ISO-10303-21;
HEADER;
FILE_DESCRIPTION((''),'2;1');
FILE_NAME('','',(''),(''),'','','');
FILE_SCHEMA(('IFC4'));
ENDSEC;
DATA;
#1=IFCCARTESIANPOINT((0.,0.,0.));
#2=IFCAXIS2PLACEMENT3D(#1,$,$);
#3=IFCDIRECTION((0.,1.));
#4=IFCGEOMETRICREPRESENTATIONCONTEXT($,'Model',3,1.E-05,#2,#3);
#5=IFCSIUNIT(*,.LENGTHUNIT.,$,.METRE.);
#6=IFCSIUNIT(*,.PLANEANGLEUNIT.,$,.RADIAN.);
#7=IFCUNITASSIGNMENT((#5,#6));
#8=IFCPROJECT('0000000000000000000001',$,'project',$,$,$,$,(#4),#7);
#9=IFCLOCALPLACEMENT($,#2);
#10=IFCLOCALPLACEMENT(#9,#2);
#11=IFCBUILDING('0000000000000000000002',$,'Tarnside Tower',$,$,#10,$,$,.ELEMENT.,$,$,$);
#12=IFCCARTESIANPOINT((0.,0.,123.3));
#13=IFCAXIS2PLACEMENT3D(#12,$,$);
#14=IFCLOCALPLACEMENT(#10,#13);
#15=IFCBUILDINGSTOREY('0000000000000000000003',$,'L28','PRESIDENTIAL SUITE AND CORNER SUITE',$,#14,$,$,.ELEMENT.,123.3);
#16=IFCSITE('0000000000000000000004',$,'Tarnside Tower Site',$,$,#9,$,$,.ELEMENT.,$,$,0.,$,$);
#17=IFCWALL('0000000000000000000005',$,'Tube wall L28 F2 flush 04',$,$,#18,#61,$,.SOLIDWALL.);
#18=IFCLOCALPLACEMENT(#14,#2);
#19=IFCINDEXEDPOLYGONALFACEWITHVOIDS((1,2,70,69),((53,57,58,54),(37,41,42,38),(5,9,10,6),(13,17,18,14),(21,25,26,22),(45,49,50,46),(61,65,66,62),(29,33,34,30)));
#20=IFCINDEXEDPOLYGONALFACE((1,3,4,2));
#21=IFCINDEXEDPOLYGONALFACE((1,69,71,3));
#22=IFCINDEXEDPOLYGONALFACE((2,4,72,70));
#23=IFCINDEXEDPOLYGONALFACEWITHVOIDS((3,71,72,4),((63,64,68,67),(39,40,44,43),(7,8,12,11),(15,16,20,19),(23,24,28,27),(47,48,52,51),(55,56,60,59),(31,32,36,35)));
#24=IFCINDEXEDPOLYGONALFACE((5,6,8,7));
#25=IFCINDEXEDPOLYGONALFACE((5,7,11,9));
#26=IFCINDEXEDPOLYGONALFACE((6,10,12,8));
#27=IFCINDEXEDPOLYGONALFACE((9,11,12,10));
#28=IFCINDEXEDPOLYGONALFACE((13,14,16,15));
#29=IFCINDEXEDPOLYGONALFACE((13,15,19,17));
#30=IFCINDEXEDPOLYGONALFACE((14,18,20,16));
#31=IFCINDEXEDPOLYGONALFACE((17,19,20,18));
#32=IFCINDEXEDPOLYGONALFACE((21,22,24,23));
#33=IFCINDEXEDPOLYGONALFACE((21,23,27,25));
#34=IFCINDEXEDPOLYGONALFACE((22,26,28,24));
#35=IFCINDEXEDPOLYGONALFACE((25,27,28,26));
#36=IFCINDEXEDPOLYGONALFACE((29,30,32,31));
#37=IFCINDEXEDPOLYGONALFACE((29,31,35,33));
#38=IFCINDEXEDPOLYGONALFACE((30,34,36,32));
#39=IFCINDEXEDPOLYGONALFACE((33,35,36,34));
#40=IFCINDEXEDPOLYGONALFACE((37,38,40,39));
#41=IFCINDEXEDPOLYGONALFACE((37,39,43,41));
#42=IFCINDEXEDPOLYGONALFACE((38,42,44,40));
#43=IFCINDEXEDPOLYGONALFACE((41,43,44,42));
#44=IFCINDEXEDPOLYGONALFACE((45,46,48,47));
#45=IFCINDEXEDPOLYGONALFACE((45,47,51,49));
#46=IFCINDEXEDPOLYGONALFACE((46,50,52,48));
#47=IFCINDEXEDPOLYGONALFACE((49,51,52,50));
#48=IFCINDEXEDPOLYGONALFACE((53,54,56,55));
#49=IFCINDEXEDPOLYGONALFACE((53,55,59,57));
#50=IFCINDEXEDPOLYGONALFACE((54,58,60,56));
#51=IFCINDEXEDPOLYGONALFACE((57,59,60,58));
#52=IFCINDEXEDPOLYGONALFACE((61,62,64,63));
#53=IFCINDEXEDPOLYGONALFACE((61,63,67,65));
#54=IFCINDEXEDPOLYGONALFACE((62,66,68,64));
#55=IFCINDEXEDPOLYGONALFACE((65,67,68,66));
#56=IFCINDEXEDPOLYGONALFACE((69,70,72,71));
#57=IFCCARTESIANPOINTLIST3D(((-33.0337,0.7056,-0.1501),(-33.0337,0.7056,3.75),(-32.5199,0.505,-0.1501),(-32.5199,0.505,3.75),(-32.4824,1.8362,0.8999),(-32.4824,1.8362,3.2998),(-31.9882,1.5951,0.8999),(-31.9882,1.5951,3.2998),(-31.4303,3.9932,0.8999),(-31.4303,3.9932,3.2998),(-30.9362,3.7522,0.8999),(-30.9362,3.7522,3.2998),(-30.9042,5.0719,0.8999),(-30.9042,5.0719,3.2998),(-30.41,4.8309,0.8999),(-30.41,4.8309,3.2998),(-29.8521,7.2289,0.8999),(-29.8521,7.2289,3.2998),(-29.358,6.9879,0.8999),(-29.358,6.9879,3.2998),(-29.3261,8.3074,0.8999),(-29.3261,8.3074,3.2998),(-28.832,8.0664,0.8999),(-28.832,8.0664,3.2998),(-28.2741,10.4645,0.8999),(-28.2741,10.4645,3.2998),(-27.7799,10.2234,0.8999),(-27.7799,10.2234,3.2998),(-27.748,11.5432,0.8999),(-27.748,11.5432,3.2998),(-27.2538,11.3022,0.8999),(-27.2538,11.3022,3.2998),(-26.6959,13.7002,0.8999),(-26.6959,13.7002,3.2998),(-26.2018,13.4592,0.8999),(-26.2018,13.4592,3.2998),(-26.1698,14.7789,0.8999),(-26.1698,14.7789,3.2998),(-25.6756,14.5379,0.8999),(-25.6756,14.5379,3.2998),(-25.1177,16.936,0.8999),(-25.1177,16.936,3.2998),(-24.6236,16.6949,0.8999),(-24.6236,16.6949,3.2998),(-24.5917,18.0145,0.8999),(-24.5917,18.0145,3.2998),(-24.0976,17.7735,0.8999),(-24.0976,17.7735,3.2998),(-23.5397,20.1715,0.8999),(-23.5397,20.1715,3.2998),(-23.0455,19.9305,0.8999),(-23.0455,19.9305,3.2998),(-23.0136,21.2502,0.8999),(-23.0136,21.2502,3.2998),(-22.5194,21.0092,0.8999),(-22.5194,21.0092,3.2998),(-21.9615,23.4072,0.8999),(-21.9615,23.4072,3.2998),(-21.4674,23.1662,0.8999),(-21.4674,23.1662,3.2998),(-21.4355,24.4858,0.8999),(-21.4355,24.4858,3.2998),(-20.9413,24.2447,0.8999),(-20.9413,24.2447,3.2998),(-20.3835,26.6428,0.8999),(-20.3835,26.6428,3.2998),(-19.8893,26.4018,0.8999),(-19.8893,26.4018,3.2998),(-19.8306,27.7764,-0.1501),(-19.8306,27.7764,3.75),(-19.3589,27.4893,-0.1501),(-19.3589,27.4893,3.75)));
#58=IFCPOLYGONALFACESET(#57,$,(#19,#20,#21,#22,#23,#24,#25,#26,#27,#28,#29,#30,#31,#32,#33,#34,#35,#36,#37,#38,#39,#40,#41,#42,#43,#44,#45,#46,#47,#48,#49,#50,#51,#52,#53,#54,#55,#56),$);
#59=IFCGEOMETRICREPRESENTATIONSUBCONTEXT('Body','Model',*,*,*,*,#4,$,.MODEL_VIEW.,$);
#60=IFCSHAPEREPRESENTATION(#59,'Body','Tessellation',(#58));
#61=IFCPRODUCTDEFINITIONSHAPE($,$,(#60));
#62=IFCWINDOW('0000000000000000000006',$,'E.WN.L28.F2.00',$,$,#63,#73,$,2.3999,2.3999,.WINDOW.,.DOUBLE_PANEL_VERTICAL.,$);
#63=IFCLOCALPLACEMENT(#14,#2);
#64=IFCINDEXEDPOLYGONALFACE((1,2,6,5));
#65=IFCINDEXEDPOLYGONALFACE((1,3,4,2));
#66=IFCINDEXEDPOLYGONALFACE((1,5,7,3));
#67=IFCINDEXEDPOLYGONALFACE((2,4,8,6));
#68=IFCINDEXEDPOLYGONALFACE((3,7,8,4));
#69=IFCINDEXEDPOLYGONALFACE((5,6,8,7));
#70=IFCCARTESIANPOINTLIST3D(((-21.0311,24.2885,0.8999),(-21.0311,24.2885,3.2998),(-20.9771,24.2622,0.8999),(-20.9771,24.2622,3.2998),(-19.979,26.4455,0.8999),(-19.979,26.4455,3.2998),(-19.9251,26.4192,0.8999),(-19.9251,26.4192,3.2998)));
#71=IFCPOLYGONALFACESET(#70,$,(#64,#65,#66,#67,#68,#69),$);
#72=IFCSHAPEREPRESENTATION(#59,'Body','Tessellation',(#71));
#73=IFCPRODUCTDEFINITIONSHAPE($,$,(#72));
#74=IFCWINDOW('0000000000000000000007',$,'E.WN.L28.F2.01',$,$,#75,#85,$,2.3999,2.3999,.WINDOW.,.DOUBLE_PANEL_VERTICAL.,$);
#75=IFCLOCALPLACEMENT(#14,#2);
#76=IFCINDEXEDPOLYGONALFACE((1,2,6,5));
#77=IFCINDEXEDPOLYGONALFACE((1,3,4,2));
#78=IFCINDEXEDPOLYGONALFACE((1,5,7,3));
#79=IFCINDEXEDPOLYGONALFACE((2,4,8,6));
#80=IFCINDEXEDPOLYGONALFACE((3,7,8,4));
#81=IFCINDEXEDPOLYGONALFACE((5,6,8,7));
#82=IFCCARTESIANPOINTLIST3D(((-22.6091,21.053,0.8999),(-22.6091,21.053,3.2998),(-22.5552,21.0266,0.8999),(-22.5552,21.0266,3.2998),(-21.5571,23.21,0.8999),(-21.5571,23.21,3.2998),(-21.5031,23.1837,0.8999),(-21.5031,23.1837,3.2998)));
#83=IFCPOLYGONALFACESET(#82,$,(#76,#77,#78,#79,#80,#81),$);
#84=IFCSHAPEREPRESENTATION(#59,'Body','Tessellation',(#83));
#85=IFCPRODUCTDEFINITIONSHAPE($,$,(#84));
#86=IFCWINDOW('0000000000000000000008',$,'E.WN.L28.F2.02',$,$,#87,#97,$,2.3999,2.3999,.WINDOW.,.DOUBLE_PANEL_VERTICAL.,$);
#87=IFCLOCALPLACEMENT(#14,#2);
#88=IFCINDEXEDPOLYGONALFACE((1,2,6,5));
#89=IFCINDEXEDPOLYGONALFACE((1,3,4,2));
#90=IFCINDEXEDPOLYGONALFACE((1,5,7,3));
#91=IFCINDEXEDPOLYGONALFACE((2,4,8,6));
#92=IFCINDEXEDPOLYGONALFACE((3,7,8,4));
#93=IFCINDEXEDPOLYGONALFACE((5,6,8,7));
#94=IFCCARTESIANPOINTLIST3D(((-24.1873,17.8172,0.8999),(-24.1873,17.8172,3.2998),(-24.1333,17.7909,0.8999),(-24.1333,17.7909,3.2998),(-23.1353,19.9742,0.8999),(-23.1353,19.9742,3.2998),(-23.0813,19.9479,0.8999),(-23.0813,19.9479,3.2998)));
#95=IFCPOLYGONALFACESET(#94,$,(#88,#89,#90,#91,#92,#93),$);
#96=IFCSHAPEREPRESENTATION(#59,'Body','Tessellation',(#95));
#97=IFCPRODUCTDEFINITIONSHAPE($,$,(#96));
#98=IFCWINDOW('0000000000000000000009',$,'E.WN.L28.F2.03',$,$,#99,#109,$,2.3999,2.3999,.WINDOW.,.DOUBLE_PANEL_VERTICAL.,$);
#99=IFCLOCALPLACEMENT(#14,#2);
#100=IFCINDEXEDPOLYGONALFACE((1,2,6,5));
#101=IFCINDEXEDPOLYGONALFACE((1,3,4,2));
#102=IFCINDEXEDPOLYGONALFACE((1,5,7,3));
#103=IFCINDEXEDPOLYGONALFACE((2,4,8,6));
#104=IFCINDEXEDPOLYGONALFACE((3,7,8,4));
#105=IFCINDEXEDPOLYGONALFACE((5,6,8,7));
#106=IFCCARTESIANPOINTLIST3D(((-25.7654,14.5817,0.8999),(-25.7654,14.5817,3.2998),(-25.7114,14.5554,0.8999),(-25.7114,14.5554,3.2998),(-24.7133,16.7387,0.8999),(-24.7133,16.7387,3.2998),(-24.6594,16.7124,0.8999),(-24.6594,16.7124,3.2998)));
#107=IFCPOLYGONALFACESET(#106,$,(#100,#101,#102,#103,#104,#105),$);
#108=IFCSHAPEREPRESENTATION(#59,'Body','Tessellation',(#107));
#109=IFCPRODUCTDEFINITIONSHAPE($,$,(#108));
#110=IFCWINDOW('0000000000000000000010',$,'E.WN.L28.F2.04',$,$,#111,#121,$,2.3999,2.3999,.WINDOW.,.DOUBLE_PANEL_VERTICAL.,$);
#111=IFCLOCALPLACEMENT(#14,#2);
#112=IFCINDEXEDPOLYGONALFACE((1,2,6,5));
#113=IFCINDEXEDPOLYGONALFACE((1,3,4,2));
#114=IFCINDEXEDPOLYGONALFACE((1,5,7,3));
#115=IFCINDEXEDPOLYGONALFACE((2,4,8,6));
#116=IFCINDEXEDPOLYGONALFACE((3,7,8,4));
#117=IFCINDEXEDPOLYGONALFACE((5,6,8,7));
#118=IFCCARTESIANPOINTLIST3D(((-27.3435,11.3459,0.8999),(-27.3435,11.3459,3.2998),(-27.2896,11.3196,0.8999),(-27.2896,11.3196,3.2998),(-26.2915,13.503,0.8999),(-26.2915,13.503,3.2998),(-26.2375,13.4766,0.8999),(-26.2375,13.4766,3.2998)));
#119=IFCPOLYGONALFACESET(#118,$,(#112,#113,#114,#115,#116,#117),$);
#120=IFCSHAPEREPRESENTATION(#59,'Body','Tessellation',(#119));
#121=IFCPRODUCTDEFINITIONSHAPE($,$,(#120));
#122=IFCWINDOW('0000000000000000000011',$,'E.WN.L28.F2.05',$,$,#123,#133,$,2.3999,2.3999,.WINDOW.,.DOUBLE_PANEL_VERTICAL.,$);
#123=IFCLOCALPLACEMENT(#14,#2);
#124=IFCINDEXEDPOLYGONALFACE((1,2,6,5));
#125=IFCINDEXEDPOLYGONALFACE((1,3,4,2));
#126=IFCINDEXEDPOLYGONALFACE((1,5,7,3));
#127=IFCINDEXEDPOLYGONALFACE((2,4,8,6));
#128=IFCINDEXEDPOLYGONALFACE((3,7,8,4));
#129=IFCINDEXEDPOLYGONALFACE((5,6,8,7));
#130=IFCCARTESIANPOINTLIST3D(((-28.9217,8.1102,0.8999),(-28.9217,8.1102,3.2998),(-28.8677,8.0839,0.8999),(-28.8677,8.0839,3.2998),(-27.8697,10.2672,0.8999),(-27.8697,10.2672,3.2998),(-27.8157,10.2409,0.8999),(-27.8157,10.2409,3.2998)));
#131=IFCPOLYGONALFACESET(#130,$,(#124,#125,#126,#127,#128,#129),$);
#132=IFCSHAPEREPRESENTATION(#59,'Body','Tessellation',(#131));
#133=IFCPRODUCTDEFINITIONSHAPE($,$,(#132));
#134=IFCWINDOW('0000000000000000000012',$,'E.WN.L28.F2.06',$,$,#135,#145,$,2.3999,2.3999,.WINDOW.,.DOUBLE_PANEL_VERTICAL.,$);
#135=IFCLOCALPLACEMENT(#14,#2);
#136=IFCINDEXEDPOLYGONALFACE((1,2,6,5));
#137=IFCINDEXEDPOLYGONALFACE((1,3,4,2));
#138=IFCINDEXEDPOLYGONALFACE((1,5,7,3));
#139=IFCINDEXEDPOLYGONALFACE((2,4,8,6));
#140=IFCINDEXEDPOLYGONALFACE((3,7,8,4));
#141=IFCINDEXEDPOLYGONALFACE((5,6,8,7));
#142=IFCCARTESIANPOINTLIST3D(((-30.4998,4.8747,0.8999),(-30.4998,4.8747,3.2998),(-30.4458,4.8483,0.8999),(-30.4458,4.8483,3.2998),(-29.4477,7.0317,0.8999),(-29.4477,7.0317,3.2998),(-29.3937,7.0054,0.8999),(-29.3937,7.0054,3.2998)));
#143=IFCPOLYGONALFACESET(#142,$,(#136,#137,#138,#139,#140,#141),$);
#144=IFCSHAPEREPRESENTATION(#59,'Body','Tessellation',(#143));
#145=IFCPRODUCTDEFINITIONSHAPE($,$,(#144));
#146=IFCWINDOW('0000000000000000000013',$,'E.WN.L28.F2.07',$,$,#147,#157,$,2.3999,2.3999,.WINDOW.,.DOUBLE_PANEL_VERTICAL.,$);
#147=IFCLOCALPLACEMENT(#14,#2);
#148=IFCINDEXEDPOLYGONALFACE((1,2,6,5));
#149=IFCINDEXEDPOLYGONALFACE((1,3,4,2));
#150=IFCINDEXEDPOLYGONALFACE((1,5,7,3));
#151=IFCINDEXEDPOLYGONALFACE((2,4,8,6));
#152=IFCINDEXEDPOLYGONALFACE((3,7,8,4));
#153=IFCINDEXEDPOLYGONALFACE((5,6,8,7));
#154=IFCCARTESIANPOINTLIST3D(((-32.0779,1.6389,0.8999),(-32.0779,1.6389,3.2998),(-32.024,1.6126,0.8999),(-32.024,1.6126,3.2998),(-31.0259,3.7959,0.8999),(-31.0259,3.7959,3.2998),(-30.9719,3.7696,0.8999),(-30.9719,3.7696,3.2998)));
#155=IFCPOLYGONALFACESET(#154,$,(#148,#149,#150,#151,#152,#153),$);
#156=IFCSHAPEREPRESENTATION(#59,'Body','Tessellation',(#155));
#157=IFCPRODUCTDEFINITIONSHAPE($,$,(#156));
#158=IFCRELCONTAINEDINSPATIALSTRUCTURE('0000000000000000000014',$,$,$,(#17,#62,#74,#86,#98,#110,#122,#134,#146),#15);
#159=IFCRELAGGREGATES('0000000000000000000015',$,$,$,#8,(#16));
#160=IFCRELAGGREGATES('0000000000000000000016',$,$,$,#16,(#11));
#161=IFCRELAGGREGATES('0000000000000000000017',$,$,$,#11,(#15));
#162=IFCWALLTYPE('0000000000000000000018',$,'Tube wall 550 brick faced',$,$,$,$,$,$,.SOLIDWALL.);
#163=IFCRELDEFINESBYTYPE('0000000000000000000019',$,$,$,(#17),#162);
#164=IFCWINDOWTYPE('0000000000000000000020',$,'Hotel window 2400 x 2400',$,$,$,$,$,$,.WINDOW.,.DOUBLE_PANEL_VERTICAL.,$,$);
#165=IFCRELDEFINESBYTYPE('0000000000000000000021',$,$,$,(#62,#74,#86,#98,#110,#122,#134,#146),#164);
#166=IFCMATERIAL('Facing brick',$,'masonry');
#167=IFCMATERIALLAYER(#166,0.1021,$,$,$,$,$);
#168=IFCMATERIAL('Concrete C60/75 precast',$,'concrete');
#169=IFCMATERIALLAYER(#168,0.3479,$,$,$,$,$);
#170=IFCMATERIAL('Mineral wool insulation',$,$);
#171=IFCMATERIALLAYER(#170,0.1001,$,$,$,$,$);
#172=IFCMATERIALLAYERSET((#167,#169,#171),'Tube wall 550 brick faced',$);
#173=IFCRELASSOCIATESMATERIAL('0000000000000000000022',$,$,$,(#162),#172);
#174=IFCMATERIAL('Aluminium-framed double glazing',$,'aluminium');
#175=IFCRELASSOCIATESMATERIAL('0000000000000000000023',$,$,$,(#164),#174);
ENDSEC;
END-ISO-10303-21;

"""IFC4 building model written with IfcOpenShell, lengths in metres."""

from ifc_helpers import new_model, si_unit, direction, frame, frame_2d, origin, place, context, subcontext, project, spatial, polyline, rectangle, outline, extrude, material, layer, layer_set, type_object, element, fill, save


model = new_model("IFC4")

# Units and contexts
model_context = context("Model", 3, precision=1e-05, world=origin(), true_north=direction((0.0, 1.0)))
body_context = subcontext(model_context, "Body", "Model", "MODEL_VIEW")
ifc_project = project(units=[si_unit("LENGTHUNIT", "METRE"), si_unit("PLANEANGLEUNIT", "RADIAN")], contexts=[model_context])

# Site, building, storey
site_placement = place(None, origin())
site = spatial("IfcSite", under=ifc_project, at=site_placement, Name="Tarnside Tower Site", CompositionType="ELEMENT", RefElevation=0.0)
building_placement = place(site_placement, origin())
building = spatial("IfcBuilding", under=site, at=building_placement, Name="Tarnside Tower", CompositionType="ELEMENT")
storey_placement = place(building_placement, frame((0.0, 0.0, 123.3)))
storey = spatial("IfcBuildingStorey", under=building, at=storey_placement, Name="L28", Description="PRESIDENTIAL SUITE AND CORNER SUITE", CompositionType="ELEMENT", Elevation=123.3)

# Shared definitions
ifc_material_1 = material(Name="Facing brick", Category="masonry")
ifc_layer_1 = layer(ifc_material_1, 0.1021)
ifc_material_2 = material(Name="Concrete C60/75 precast", Category="concrete")
ifc_layer_2 = layer(ifc_material_2, 0.3479)
ifc_material_3 = material(Name="Mineral wool insulation")
ifc_layer_3 = layer(ifc_material_3, 0.1001)
ifc_layer_set_1 = layer_set([ifc_layer_1, ifc_layer_2, ifc_layer_3], Name="Tube wall 550 brick faced")
wall_type_1 = type_object("IfcWallType", Name="Tube wall 550 brick faced", PredefinedType="SOLIDWALL", material=ifc_layer_set_1)

# Wall, openings, windows
wall_1_placement = place(storey_placement, frame((-19.5947, 27.6328, -0.1501), z_axis=(0.0, 0.0, 1.0), x_axis=(-0.438368, -0.898795, 0.0)))
wall_1 = element("IfcWall", 1, at=wall_1_placement, inside=storey, type_object=wall_type_1, Name="Tube wall L28 F2 flush 04", PredefinedType="SOLIDWALL", context=body_context, shape_type="SweptSolid", body=[
    extrude(outline(polyline([(-0.0256, -0.2749), (30.0933, -0.2749), (30.0483, 0.2749), (0.0256, 0.2749), (-0.0256, -0.2749)])), origin(), (0.0, 0.0, 1.0), 3.9001),
])
opening_1_placement = place(wall_1_placement, frame((1.2356, 0.0, 1.05)))
opening_1 = element("IfcOpeningElement", 2, at=opening_1_placement, cuts=wall_1, PredefinedType="OPENING", context=body_context, shape_type="SweptSolid", body=[
    extrude(rectangle(XDim=2.3999, YDim=2.3999, at=frame_2d((1.2, 1.2))), frame((0.0, 0.2852, 0.0), z_axis=(0.0, -1.0, 0.0), x_axis=(1.0, 0.0, 0.0)), (0.0, 0.0, 1.0), 0.5701),
])
opening_2_placement = place(wall_1_placement, frame((4.8354, 0.0, 1.05)))
opening_2 = element("IfcOpeningElement", 3, at=opening_2_placement, cuts=wall_1, PredefinedType="OPENING", context=body_context, shape_type="SweptSolid", body=[
    extrude(rectangle(XDim=2.3999, YDim=2.3999, at=frame_2d((1.2, 1.2))), frame((0.0, 0.2852, 0.0), z_axis=(0.0, -1.0, 0.0), x_axis=(1.0, 0.0, 0.0)), (0.0, 0.0, 1.0), 0.5701),
])
opening_3_placement = place(wall_1_placement, frame((8.4355, 0.0, 1.05)))
opening_3 = element("IfcOpeningElement", 4, at=opening_3_placement, cuts=wall_1, PredefinedType="OPENING", context=body_context, shape_type="SweptSolid", body=[
    extrude(rectangle(XDim=2.3999, YDim=2.3999, at=frame_2d((1.2, 1.2))), frame((0.0, 0.2852, 0.0), z_axis=(0.0, -1.0, 0.0), x_axis=(1.0, 0.0, 0.0)), (0.0, 0.0, 1.0), 0.5701),
])
opening_4_placement = place(wall_1_placement, frame((12.0354, 0.0, 1.05)))
opening_4 = element("IfcOpeningElement", 5, at=opening_4_placement, cuts=wall_1, PredefinedType="OPENING", context=body_context, shape_type="SweptSolid", body=[
    extrude(rectangle(XDim=2.3999, YDim=2.3999, at=frame_2d((1.2, 1.2))), frame((0.0, 0.2852, 0.0), z_axis=(0.0, -1.0, 0.0), x_axis=(1.0, 0.0, 0.0)), (0.0, 0.0, 1.0), 0.5701),
])
opening_5_placement = place(wall_1_placement, frame((15.6355, 0.0, 1.05)))
opening_5 = element("IfcOpeningElement", 6, at=opening_5_placement, cuts=wall_1, PredefinedType="OPENING", context=body_context, shape_type="SweptSolid", body=[
    extrude(rectangle(XDim=2.3999, YDim=2.3999, at=frame_2d((1.2, 1.2))), frame((0.0, 0.2852, 0.0), z_axis=(0.0, -1.0, 0.0), x_axis=(1.0, 0.0, 0.0)), (0.0, 0.0, 1.0), 0.5701),
])
opening_6_placement = place(wall_1_placement, frame((19.2356, 0.0, 1.05)))
opening_6 = element("IfcOpeningElement", 7, at=opening_6_placement, cuts=wall_1, PredefinedType="OPENING", context=body_context, shape_type="SweptSolid", body=[
    extrude(rectangle(XDim=2.3999, YDim=2.3999, at=frame_2d((1.2, 1.2))), frame((0.0, 0.2852, 0.0), z_axis=(0.0, -1.0, 0.0), x_axis=(1.0, 0.0, 0.0)), (0.0, 0.0, 1.0), 0.5701),
])
opening_7_placement = place(wall_1_placement, frame((22.8354, 0.0, 1.05)))
opening_7 = element("IfcOpeningElement", 8, at=opening_7_placement, cuts=wall_1, PredefinedType="OPENING", context=body_context, shape_type="SweptSolid", body=[
    extrude(rectangle(XDim=2.3999, YDim=2.3999, at=frame_2d((1.2, 1.2))), frame((0.0, 0.2852, 0.0), z_axis=(0.0, -1.0, 0.0), x_axis=(1.0, 0.0, 0.0)), (0.0, 0.0, 1.0), 0.5701),
])
opening_8_placement = place(wall_1_placement, frame((26.4355, 0.0, 1.05)))
opening_8 = element("IfcOpeningElement", 9, at=opening_8_placement, cuts=wall_1, PredefinedType="OPENING", context=body_context, shape_type="SweptSolid", body=[
    extrude(rectangle(XDim=2.3999, YDim=2.3999, at=frame_2d((1.2, 1.2))), frame((0.0, 0.2852, 0.0), z_axis=(0.0, -1.0, 0.0), x_axis=(1.0, 0.0, 0.0)), (0.0, 0.0, 1.0), 0.5701),
])
ifc_material_4 = material(Name="Aluminium-framed double glazing", Category="aluminium")
window_type = type_object("IfcWindowType", Name="Hotel window 2400 x 2400", PartitioningType="DOUBLE_PANEL_VERTICAL", PredefinedType="WINDOW", material=ifc_material_4)
window_1_placement = place(opening_1_placement, frame((0.0, 0.2051, 0.0)))
window_1 = element("IfcWindow", 10, at=window_1_placement, inside=storey, type_object=window_type, Name="E.WN.L28.F2.00", OverallHeight=2.3999, OverallWidth=2.3999, PartitioningType="DOUBLE_PANEL_VERTICAL", PredefinedType="WINDOW", context=body_context, shape_type="SweptSolid", body=[
    extrude(rectangle(XDim=2.3999, YDim=2.3999, at=frame_2d((1.2, 1.2))), frame((0.0, 0.03, 0.0), z_axis=(0.0, -1.0, 0.0), x_axis=(1.0, 0.0, 0.0)), (0.0, 0.0, 1.0), 0.0601),
])
fill(opening_1, window_1)
window_2_placement = place(opening_2_placement, frame((0.0, 0.2051, 0.0)))
window_2 = element("IfcWindow", 11, at=window_2_placement, inside=storey, type_object=window_type, Name="E.WN.L28.F2.01", OverallHeight=2.3999, OverallWidth=2.3999, PartitioningType="DOUBLE_PANEL_VERTICAL", PredefinedType="WINDOW", context=body_context, shape_type="SweptSolid", body=[
    extrude(rectangle(XDim=2.3999, YDim=2.3999, at=frame_2d((1.2, 1.2))), frame((0.0, 0.03, 0.0), z_axis=(0.0, -1.0, 0.0), x_axis=(1.0, 0.0, 0.0)), (0.0, 0.0, 1.0), 0.0601),
])
fill(opening_2, window_2)
window_3_placement = place(opening_3_placement, frame((0.0, 0.2051, 0.0)))
window_3 = element("IfcWindow", 12, at=window_3_placement, inside=storey, type_object=window_type, Name="E.WN.L28.F2.02", OverallHeight=2.3999, OverallWidth=2.3999, PartitioningType="DOUBLE_PANEL_VERTICAL", PredefinedType="WINDOW", context=body_context, shape_type="SweptSolid", body=[
    extrude(rectangle(XDim=2.3999, YDim=2.3999, at=frame_2d((1.2, 1.2))), frame((0.0, 0.03, 0.0), z_axis=(0.0, -1.0, 0.0), x_axis=(1.0, 0.0, 0.0)), (0.0, 0.0, 1.0), 0.0601),
])
fill(opening_3, window_3)
window_4_placement = place(opening_4_placement, frame((0.0, 0.2051, 0.0)))
window_4 = element("IfcWindow", 13, at=window_4_placement, inside=storey, type_object=window_type, Name="E.WN.L28.F2.03", OverallHeight=2.3999, OverallWidth=2.3999, PartitioningType="DOUBLE_PANEL_VERTICAL", PredefinedType="WINDOW", context=body_context, shape_type="SweptSolid", body=[
    extrude(rectangle(XDim=2.3999, YDim=2.3999, at=frame_2d((1.2, 1.2))), frame((0.0, 0.03, 0.0), z_axis=(0.0, -1.0, 0.0), x_axis=(1.0, 0.0, 0.0)), (0.0, 0.0, 1.0), 0.0601),
])
fill(opening_4, window_4)
window_5_placement = place(opening_5_placement, frame((0.0, 0.2051, 0.0)))
window_5 = element("IfcWindow", 14, at=window_5_placement, inside=storey, type_object=window_type, Name="E.WN.L28.F2.04", OverallHeight=2.3999, OverallWidth=2.3999, PartitioningType="DOUBLE_PANEL_VERTICAL", PredefinedType="WINDOW", context=body_context, shape_type="SweptSolid", body=[
    extrude(rectangle(XDim=2.3999, YDim=2.3999, at=frame_2d((1.2, 1.2))), frame((0.0, 0.03, 0.0), z_axis=(0.0, -1.0, 0.0), x_axis=(1.0, 0.0, 0.0)), (0.0, 0.0, 1.0), 0.0601),
])
fill(opening_5, window_5)
window_6_placement = place(opening_6_placement, frame((0.0, 0.2051, 0.0)))
window_6 = element("IfcWindow", 15, at=window_6_placement, inside=storey, type_object=window_type, Name="E.WN.L28.F2.05", OverallHeight=2.3999, OverallWidth=2.3999, PartitioningType="DOUBLE_PANEL_VERTICAL", PredefinedType="WINDOW", context=body_context, shape_type="SweptSolid", body=[
    extrude(rectangle(XDim=2.3999, YDim=2.3999, at=frame_2d((1.2, 1.2))), frame((0.0, 0.03, 0.0), z_axis=(0.0, -1.0, 0.0), x_axis=(1.0, 0.0, 0.0)), (0.0, 0.0, 1.0), 0.0601),
])
fill(opening_6, window_6)
window_7_placement = place(opening_7_placement, frame((0.0, 0.2051, 0.0)))
window_7 = element("IfcWindow", 16, at=window_7_placement, inside=storey, type_object=window_type, Name="E.WN.L28.F2.06", OverallHeight=2.3999, OverallWidth=2.3999, PartitioningType="DOUBLE_PANEL_VERTICAL", PredefinedType="WINDOW", context=body_context, shape_type="SweptSolid", body=[
    extrude(rectangle(XDim=2.3999, YDim=2.3999, at=frame_2d((1.2, 1.2))), frame((0.0, 0.03, 0.0), z_axis=(0.0, -1.0, 0.0), x_axis=(1.0, 0.0, 0.0)), (0.0, 0.0, 1.0), 0.0601),
])
fill(opening_7, window_7)
window_8_placement = place(opening_8_placement, frame((0.0, 0.2051, 0.0)))
window_8 = element("IfcWindow", 17, at=window_8_placement, inside=storey, type_object=window_type, Name="E.WN.L28.F2.07", OverallHeight=2.3999, OverallWidth=2.3999, PartitioningType="DOUBLE_PANEL_VERTICAL", PredefinedType="WINDOW", context=body_context, shape_type="SweptSolid", body=[
    extrude(rectangle(XDim=2.3999, YDim=2.3999, at=frame_2d((1.2, 1.2))), frame((0.0, 0.03, 0.0), z_axis=(0.0, -1.0, 0.0), x_axis=(1.0, 0.0, 0.0)), (0.0, 0.0, 1.0), 0.0601),
])
fill(opening_8, window_8)

save(model, "model.ifc")
